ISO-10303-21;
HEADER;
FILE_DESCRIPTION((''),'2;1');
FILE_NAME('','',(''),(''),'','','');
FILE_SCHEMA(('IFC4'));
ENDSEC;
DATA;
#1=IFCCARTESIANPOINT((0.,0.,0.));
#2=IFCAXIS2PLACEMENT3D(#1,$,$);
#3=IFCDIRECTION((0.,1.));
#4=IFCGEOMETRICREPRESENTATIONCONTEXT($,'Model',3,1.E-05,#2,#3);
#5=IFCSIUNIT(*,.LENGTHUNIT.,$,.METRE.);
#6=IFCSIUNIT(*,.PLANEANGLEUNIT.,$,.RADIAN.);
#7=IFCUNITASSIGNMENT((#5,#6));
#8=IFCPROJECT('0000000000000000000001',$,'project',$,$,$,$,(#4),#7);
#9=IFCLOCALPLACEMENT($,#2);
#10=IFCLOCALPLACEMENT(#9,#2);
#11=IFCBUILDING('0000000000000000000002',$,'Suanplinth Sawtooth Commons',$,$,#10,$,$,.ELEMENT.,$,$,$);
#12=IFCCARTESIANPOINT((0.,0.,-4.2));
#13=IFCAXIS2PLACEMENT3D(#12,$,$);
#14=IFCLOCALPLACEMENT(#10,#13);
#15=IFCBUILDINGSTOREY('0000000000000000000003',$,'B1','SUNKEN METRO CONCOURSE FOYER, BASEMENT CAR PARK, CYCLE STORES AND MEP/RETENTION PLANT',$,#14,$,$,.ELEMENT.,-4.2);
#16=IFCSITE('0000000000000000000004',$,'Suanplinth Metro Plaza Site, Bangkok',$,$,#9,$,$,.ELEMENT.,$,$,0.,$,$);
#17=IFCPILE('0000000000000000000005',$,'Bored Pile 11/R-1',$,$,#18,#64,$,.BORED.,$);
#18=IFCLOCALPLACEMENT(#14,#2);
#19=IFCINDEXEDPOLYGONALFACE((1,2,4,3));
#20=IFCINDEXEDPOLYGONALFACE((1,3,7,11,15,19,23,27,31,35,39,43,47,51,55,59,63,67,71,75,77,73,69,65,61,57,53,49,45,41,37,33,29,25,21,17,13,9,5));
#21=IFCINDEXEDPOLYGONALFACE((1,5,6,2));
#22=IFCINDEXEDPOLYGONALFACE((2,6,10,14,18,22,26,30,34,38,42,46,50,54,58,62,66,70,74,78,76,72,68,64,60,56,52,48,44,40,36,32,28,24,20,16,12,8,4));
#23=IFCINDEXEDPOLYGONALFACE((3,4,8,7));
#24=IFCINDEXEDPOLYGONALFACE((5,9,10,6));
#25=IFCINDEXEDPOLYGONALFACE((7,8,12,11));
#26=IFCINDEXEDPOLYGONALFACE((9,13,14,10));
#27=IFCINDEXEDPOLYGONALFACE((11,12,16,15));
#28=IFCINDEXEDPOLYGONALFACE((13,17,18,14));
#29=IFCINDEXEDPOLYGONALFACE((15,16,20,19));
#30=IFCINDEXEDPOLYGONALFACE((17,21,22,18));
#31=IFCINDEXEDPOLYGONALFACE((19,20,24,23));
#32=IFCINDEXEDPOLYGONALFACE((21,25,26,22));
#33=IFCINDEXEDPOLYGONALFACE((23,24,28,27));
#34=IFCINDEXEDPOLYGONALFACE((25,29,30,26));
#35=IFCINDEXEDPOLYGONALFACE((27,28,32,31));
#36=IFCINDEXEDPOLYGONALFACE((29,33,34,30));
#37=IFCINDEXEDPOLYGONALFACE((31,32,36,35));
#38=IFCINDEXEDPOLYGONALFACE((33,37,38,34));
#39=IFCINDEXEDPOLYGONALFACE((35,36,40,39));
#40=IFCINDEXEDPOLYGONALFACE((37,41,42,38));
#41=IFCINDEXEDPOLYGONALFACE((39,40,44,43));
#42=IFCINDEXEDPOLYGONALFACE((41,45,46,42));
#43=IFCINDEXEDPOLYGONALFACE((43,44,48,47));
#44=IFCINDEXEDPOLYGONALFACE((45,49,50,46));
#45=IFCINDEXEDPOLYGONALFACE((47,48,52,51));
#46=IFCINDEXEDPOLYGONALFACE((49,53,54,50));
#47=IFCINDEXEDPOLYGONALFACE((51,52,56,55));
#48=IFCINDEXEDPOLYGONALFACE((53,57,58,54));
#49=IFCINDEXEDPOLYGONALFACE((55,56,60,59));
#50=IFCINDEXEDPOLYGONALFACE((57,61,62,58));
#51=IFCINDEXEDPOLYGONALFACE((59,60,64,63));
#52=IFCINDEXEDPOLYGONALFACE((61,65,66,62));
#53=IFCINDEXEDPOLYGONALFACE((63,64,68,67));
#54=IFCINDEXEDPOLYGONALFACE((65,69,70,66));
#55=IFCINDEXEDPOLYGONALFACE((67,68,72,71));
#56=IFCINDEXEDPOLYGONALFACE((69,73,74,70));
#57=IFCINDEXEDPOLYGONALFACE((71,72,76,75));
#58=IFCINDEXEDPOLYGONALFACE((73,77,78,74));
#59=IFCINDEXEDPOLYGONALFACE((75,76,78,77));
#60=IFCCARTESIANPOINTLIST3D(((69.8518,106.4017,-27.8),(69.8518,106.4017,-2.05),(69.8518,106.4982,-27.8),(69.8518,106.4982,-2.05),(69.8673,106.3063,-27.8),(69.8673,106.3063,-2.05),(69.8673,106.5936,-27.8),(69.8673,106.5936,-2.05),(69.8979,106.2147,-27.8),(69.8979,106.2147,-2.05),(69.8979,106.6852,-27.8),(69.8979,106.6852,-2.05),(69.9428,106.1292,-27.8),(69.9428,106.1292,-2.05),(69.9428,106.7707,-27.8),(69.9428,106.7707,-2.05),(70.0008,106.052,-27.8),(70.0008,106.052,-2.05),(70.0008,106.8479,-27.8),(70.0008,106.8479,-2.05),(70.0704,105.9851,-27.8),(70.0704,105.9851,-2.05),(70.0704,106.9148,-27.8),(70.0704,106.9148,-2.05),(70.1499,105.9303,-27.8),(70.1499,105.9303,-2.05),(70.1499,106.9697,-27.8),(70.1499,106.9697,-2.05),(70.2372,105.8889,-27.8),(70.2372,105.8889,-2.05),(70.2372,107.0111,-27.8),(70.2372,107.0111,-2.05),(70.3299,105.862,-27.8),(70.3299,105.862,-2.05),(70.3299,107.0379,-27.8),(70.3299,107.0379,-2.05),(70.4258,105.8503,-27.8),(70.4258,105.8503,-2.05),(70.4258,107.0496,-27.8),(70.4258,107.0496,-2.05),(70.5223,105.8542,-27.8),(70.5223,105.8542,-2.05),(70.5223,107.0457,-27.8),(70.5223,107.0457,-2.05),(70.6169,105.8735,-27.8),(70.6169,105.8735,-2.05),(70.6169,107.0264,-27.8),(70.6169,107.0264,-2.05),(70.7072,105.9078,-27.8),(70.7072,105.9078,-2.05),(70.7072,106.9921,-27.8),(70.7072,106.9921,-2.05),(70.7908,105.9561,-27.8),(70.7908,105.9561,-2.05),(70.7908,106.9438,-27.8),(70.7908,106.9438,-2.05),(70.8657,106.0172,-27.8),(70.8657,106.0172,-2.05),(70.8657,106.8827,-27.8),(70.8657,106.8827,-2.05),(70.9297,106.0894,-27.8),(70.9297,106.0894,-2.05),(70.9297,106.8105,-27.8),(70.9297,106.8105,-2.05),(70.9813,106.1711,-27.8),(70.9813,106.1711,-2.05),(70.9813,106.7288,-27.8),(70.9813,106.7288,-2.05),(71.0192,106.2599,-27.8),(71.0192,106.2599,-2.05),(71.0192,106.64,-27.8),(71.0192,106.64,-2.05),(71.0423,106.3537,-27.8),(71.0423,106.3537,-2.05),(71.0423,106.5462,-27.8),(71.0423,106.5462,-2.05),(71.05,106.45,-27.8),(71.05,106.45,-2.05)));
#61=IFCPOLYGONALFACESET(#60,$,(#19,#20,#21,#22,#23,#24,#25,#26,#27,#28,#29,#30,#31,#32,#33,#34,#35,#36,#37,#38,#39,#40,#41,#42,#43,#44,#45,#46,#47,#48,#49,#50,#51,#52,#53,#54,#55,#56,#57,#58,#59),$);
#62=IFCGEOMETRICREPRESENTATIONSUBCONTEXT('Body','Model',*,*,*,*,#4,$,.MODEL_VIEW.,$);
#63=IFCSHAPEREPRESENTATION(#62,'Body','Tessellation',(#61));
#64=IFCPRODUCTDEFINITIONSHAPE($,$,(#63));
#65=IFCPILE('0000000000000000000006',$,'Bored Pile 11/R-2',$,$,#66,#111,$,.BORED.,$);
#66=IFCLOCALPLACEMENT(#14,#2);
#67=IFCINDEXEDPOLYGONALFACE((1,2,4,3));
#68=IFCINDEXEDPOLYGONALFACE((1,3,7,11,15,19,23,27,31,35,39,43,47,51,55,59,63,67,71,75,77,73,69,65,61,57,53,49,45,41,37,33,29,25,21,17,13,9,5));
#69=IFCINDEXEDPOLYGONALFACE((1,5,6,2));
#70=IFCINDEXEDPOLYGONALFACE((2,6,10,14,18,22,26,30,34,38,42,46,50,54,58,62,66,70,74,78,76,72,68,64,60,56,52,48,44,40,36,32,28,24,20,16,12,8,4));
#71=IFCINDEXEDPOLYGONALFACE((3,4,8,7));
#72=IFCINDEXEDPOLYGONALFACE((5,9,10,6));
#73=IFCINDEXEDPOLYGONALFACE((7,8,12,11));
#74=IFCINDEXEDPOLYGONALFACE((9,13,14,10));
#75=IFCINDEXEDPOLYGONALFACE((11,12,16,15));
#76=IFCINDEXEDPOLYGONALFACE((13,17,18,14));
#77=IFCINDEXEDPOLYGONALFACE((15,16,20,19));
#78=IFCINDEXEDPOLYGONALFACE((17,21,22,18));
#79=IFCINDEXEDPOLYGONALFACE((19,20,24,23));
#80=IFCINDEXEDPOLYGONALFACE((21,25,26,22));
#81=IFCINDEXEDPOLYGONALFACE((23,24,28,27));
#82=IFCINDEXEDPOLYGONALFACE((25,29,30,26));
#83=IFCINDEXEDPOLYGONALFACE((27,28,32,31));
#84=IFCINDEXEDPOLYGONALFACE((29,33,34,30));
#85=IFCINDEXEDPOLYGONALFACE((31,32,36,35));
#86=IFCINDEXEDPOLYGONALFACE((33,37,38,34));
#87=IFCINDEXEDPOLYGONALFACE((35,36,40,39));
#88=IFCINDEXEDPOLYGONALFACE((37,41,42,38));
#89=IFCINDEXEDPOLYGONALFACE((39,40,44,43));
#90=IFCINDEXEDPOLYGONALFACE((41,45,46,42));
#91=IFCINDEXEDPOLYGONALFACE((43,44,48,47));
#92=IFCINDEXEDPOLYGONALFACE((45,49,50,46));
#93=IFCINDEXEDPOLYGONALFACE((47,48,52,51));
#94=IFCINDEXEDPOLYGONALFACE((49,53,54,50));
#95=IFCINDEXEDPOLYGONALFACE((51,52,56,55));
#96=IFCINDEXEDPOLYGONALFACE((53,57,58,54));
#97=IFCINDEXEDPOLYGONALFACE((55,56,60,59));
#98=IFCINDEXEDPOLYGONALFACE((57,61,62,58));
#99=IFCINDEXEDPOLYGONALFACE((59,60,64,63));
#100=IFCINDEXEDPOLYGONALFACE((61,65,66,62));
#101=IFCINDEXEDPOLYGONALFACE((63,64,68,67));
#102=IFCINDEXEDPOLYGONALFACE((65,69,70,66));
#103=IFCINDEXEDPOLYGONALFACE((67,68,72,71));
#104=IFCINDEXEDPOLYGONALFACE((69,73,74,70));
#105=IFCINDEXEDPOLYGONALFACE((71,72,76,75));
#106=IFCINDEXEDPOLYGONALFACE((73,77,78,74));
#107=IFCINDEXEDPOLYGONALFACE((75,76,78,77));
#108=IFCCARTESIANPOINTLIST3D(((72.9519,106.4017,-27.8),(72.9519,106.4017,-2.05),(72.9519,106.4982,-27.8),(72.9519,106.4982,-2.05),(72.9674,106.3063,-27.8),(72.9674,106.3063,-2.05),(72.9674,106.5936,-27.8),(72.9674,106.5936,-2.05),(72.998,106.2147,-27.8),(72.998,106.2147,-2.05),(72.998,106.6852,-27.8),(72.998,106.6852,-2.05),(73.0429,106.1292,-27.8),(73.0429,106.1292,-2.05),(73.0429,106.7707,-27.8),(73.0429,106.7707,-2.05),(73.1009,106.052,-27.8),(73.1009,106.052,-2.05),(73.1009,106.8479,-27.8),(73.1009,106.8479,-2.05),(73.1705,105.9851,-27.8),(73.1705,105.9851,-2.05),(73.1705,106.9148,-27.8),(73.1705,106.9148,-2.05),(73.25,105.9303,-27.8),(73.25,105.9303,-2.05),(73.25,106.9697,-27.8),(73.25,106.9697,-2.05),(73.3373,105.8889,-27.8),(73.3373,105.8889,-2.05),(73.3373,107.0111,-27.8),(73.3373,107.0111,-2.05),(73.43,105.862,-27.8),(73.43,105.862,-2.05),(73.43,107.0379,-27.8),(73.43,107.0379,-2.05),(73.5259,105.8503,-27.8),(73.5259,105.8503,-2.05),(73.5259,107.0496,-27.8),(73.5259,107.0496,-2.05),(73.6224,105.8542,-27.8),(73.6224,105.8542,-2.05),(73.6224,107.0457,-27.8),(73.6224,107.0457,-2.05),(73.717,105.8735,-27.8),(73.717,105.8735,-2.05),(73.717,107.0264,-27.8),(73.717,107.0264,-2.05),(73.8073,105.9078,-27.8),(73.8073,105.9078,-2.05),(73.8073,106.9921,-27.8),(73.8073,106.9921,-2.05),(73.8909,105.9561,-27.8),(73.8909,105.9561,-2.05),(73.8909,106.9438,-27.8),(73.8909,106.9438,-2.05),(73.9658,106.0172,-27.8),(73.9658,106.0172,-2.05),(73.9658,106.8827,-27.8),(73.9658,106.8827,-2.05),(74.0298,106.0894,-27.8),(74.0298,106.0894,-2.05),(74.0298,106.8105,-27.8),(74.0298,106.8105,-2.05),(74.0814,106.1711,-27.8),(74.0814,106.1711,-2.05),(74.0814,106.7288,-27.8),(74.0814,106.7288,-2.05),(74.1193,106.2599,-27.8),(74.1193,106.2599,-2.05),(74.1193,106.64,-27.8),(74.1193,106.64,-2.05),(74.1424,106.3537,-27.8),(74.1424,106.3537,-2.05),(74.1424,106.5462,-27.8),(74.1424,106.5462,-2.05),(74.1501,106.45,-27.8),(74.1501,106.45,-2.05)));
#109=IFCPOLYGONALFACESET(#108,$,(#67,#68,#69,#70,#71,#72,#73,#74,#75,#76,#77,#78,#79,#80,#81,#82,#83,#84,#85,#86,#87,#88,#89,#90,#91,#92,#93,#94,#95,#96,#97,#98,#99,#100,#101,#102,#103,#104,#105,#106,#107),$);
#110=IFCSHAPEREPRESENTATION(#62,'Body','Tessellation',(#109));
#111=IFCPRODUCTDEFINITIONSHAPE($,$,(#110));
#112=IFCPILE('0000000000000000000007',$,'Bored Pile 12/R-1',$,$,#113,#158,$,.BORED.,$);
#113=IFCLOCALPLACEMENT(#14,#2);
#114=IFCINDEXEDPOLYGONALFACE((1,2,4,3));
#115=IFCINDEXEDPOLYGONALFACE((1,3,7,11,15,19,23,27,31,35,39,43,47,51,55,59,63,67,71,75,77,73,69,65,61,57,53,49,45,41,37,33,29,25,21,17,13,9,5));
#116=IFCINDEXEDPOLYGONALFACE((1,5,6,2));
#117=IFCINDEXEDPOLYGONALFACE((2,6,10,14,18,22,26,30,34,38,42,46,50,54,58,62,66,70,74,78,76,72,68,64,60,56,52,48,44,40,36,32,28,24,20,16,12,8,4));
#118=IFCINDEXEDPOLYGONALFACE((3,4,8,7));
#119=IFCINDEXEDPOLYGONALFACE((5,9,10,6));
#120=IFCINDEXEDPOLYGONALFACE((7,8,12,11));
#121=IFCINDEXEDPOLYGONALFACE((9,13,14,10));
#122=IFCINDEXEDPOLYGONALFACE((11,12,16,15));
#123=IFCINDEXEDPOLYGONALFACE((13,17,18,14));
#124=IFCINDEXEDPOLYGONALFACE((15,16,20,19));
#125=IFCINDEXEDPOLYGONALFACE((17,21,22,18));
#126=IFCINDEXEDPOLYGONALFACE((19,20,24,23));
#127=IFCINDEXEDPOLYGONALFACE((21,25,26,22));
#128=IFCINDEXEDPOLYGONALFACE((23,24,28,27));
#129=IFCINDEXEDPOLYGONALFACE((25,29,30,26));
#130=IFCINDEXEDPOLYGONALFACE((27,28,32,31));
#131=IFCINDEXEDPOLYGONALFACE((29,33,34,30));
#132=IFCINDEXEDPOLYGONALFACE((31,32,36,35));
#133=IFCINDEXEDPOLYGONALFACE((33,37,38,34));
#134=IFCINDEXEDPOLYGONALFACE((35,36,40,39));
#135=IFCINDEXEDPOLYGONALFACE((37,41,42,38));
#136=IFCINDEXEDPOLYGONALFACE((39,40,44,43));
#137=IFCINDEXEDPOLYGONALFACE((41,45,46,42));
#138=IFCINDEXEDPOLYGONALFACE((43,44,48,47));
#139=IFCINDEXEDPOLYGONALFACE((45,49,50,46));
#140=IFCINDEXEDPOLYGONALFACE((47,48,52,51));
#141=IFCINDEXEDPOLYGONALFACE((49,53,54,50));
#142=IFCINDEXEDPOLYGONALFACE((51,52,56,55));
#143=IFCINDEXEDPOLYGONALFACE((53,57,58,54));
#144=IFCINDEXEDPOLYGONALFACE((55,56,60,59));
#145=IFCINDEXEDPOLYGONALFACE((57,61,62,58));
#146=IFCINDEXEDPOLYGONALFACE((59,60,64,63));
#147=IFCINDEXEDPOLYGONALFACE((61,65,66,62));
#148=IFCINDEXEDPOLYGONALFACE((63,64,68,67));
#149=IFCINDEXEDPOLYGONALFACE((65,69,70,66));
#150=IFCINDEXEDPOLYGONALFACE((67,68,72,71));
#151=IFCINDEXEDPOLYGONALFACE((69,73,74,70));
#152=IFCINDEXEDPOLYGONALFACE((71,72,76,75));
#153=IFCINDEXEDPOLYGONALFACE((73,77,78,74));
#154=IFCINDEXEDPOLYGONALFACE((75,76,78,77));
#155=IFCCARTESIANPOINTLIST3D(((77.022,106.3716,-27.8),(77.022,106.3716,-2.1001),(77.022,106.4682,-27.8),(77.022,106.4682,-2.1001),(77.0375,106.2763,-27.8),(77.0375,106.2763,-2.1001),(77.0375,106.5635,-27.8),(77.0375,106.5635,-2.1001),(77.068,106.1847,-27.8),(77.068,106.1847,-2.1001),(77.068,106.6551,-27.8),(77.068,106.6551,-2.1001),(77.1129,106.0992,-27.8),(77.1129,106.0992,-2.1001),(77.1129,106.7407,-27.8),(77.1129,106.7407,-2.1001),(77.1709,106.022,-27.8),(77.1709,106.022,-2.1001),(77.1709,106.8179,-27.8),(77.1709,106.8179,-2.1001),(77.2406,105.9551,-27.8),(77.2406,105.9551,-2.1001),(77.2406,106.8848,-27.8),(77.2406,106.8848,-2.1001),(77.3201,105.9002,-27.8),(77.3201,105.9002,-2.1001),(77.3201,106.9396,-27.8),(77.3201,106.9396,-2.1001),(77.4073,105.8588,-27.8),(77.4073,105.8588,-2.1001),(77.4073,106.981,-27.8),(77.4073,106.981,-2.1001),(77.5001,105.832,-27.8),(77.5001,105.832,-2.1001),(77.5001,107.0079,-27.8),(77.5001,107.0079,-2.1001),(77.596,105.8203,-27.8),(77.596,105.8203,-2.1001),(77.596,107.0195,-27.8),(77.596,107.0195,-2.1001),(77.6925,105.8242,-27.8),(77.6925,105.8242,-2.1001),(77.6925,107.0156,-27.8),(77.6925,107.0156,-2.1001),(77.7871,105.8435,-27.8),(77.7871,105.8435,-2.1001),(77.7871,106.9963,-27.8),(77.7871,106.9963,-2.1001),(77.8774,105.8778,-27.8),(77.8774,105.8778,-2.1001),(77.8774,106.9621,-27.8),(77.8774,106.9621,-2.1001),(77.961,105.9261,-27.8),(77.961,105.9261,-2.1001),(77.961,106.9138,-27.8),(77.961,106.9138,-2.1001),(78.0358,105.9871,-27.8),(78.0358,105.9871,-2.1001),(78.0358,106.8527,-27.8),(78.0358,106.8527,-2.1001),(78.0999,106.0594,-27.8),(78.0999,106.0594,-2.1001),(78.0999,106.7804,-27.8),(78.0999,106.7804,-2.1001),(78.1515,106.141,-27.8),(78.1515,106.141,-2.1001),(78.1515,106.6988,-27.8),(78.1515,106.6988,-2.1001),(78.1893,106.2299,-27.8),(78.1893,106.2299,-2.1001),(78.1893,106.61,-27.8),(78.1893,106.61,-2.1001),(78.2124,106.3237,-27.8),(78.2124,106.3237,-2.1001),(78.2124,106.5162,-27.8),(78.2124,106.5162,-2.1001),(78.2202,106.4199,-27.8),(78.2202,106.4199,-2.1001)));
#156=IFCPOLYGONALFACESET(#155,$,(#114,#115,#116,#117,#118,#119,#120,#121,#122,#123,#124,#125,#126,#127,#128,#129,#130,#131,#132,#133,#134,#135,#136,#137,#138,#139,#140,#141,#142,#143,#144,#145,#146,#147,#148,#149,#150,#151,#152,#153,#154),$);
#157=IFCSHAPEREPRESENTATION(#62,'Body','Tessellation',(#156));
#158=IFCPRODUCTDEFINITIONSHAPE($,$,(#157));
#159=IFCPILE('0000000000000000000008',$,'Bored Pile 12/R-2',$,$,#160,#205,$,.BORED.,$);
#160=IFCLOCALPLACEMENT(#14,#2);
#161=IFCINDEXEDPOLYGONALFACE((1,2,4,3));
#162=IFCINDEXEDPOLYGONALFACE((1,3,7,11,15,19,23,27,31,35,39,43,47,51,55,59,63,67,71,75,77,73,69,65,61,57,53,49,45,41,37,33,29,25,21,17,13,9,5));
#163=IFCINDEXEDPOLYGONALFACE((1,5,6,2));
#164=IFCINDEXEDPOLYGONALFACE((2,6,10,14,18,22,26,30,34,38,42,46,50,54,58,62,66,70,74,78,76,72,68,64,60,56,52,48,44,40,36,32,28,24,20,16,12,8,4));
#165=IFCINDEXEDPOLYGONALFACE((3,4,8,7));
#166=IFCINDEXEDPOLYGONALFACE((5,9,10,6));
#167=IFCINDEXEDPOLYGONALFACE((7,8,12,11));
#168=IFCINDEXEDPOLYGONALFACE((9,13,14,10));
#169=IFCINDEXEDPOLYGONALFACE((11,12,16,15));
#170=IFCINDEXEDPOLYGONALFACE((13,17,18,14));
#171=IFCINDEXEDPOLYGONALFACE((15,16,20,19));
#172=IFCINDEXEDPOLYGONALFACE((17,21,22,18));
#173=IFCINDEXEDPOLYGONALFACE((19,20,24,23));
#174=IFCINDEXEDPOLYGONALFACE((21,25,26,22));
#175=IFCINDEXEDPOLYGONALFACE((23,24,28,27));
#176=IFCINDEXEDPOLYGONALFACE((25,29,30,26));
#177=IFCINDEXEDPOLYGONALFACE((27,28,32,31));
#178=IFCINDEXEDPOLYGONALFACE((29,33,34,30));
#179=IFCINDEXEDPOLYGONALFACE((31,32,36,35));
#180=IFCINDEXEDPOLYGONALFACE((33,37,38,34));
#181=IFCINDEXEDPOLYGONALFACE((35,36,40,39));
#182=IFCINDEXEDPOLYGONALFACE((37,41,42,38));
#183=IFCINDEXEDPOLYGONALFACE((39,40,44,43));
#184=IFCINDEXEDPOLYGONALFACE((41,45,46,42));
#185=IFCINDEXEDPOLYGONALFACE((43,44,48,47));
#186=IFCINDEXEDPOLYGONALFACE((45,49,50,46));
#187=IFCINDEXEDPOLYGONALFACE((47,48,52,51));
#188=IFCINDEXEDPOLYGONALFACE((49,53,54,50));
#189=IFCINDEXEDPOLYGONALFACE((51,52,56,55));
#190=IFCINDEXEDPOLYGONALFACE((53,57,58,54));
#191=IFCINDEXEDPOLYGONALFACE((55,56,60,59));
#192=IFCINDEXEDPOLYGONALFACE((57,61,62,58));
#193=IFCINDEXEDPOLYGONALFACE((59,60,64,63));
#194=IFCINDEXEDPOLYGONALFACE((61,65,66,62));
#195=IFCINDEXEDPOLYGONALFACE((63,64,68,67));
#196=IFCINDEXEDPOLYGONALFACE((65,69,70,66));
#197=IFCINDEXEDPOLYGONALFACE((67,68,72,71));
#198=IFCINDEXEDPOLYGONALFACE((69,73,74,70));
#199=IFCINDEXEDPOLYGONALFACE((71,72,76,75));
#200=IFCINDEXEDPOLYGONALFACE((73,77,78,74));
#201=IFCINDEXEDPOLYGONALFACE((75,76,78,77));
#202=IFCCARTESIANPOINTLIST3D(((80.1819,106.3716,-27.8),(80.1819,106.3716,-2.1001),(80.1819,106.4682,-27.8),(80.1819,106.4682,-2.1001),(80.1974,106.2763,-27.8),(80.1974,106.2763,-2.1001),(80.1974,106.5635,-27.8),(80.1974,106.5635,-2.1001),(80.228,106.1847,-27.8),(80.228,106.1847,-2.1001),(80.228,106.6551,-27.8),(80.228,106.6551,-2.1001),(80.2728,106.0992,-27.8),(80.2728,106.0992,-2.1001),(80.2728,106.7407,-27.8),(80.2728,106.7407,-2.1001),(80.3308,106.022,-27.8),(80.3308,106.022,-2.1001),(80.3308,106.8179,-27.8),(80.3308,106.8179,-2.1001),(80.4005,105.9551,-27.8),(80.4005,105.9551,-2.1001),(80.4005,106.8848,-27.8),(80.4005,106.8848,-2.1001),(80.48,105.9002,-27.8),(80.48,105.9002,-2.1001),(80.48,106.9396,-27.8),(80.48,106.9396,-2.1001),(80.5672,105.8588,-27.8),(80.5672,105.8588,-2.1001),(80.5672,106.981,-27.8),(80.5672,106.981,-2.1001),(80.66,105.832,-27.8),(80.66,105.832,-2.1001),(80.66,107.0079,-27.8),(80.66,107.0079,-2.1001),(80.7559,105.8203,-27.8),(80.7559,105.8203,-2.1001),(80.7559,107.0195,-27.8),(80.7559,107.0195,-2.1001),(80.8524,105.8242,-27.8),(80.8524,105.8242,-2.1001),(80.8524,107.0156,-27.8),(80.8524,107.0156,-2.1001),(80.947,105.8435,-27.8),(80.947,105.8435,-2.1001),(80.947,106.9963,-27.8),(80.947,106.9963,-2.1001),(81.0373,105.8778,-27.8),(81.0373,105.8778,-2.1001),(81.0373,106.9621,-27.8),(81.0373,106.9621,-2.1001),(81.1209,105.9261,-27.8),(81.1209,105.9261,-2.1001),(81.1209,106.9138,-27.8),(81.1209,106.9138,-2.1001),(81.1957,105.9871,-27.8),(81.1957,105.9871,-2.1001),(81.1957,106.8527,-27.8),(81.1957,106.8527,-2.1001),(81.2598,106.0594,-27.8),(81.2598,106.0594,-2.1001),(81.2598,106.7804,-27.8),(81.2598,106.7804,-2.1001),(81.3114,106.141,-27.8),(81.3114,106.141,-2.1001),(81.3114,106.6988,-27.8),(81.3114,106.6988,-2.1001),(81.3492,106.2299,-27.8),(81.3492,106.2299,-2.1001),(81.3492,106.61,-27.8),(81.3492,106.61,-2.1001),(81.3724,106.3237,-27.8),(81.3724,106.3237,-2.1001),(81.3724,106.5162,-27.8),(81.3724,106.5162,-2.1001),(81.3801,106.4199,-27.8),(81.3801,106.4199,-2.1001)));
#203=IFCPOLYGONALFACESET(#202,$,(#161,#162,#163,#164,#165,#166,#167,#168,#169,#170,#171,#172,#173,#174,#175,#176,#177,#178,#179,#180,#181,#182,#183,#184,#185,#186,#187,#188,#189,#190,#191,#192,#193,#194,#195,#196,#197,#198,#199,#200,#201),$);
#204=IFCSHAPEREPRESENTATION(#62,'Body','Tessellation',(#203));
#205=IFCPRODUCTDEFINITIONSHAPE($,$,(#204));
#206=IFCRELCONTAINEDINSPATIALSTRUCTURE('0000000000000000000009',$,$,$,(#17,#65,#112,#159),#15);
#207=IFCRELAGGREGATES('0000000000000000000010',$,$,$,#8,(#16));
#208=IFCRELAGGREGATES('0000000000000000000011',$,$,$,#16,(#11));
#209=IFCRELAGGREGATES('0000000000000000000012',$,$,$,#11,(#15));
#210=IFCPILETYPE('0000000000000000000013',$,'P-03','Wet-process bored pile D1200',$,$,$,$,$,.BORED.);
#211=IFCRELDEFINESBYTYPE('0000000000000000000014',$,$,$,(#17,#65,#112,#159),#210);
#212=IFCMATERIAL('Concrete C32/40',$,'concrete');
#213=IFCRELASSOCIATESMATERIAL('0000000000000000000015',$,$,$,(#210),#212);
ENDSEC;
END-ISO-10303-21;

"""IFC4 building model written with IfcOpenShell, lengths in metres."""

from ifc_helpers import new_model, si_unit, direction, frame, origin, origin_2d, place, context, subcontext, project, spatial, circle, extrude, material, material_profile, profile_set, type_object, element, save


model = new_model("IFC4")

# Units and contexts
model_context = context("Model", 3, precision=1e-05, world=origin(), true_north=direction((0.0, 1.0)))
body_context = subcontext(model_context, "Body", "Model", "MODEL_VIEW")
ifc_project = project(units=[si_unit("LENGTHUNIT", "METRE"), si_unit("PLANEANGLEUNIT", "RADIAN")], contexts=[model_context])

# Site, building, storey
site_placement = place(None, origin())
site = spatial("IfcSite", under=ifc_project, at=site_placement, Name="Suanplinth Metro Plaza Site, Bangkok", CompositionType="ELEMENT", RefElevation=0.0)
building_placement = place(site_placement, origin())
building = spatial("IfcBuilding", under=site, at=building_placement, Name="Suanplinth Sawtooth Commons", CompositionType="ELEMENT")
storey_placement = place(building_placement, frame((0.0, 0.0, -4.2)))
storey = spatial("IfcBuildingStorey", under=building, at=storey_placement, Name="B1", Description="SUNKEN METRO CONCOURSE FOYER, BASEMENT CAR PARK, CYCLE STORES AND MEP/RETENTION PLANT", CompositionType="ELEMENT", Elevation=-4.2)

# Piles
ifc_material_1 = material(Name="Concrete C32/40", Category="concrete")
ifc_material_profile_1 = material_profile(ifc_material_1, circle(Radius=0.6001, at=origin_2d()), Name="PILE D1200")
ifc_profile_set_1 = profile_set([ifc_material_profile_1], Name="Concrete C32/40")
pile_type_1 = type_object("IfcPileType", Name="P-03", Description="Wet-process bored pile D1200", PredefinedType="BORED", material=ifc_profile_set_1)
for number, where, z_axis, x_axis, name in (
    (1, (70.45, 106.45, -2.05), (0.0, 0.0, -1.0), (1.0, 0.0, 0.0), "Bored Pile 11/R-1"),
    (2, (73.55, 106.45, -2.05), (0.0, 0.0, -1.0), (1.0, 0.0, 0.0), "Bored Pile 11/R-2"),
):
    element("IfcPile", number, at=place(storey_placement, frame(where, z_axis=z_axis, x_axis=x_axis)), inside=storey, type_object=pile_type_1, Name=name, PredefinedType="BORED", context=body_context, shape_type="SweptSolid", body=[
        extrude(circle(Radius=0.6001, at=origin_2d()), origin(), (0.0, 0.0, 1.0), 25.75),
    ])
for number, where, z_axis, x_axis, name in (
    (3, (77.6201, 106.4199, -2.1001), (0.0, 0.0, -1.0), (1.0, 0.0, 0.0), "Bored Pile 12/R-1"),
    (4, (80.78, 106.4199, -2.1001), (0.0, 0.0, -1.0), (1.0, 0.0, 0.0), "Bored Pile 12/R-2"),
):
    element("IfcPile", number, at=place(storey_placement, frame(where, z_axis=z_axis, x_axis=x_axis)), inside=storey, type_object=pile_type_1, Name=name, PredefinedType="BORED", context=body_context, shape_type="SweptSolid", body=[
        extrude(circle(Radius=0.6001, at=origin_2d()), origin(), (0.0, 0.0, 1.0), 25.7),
    ])

save(model, "model.ifc")
